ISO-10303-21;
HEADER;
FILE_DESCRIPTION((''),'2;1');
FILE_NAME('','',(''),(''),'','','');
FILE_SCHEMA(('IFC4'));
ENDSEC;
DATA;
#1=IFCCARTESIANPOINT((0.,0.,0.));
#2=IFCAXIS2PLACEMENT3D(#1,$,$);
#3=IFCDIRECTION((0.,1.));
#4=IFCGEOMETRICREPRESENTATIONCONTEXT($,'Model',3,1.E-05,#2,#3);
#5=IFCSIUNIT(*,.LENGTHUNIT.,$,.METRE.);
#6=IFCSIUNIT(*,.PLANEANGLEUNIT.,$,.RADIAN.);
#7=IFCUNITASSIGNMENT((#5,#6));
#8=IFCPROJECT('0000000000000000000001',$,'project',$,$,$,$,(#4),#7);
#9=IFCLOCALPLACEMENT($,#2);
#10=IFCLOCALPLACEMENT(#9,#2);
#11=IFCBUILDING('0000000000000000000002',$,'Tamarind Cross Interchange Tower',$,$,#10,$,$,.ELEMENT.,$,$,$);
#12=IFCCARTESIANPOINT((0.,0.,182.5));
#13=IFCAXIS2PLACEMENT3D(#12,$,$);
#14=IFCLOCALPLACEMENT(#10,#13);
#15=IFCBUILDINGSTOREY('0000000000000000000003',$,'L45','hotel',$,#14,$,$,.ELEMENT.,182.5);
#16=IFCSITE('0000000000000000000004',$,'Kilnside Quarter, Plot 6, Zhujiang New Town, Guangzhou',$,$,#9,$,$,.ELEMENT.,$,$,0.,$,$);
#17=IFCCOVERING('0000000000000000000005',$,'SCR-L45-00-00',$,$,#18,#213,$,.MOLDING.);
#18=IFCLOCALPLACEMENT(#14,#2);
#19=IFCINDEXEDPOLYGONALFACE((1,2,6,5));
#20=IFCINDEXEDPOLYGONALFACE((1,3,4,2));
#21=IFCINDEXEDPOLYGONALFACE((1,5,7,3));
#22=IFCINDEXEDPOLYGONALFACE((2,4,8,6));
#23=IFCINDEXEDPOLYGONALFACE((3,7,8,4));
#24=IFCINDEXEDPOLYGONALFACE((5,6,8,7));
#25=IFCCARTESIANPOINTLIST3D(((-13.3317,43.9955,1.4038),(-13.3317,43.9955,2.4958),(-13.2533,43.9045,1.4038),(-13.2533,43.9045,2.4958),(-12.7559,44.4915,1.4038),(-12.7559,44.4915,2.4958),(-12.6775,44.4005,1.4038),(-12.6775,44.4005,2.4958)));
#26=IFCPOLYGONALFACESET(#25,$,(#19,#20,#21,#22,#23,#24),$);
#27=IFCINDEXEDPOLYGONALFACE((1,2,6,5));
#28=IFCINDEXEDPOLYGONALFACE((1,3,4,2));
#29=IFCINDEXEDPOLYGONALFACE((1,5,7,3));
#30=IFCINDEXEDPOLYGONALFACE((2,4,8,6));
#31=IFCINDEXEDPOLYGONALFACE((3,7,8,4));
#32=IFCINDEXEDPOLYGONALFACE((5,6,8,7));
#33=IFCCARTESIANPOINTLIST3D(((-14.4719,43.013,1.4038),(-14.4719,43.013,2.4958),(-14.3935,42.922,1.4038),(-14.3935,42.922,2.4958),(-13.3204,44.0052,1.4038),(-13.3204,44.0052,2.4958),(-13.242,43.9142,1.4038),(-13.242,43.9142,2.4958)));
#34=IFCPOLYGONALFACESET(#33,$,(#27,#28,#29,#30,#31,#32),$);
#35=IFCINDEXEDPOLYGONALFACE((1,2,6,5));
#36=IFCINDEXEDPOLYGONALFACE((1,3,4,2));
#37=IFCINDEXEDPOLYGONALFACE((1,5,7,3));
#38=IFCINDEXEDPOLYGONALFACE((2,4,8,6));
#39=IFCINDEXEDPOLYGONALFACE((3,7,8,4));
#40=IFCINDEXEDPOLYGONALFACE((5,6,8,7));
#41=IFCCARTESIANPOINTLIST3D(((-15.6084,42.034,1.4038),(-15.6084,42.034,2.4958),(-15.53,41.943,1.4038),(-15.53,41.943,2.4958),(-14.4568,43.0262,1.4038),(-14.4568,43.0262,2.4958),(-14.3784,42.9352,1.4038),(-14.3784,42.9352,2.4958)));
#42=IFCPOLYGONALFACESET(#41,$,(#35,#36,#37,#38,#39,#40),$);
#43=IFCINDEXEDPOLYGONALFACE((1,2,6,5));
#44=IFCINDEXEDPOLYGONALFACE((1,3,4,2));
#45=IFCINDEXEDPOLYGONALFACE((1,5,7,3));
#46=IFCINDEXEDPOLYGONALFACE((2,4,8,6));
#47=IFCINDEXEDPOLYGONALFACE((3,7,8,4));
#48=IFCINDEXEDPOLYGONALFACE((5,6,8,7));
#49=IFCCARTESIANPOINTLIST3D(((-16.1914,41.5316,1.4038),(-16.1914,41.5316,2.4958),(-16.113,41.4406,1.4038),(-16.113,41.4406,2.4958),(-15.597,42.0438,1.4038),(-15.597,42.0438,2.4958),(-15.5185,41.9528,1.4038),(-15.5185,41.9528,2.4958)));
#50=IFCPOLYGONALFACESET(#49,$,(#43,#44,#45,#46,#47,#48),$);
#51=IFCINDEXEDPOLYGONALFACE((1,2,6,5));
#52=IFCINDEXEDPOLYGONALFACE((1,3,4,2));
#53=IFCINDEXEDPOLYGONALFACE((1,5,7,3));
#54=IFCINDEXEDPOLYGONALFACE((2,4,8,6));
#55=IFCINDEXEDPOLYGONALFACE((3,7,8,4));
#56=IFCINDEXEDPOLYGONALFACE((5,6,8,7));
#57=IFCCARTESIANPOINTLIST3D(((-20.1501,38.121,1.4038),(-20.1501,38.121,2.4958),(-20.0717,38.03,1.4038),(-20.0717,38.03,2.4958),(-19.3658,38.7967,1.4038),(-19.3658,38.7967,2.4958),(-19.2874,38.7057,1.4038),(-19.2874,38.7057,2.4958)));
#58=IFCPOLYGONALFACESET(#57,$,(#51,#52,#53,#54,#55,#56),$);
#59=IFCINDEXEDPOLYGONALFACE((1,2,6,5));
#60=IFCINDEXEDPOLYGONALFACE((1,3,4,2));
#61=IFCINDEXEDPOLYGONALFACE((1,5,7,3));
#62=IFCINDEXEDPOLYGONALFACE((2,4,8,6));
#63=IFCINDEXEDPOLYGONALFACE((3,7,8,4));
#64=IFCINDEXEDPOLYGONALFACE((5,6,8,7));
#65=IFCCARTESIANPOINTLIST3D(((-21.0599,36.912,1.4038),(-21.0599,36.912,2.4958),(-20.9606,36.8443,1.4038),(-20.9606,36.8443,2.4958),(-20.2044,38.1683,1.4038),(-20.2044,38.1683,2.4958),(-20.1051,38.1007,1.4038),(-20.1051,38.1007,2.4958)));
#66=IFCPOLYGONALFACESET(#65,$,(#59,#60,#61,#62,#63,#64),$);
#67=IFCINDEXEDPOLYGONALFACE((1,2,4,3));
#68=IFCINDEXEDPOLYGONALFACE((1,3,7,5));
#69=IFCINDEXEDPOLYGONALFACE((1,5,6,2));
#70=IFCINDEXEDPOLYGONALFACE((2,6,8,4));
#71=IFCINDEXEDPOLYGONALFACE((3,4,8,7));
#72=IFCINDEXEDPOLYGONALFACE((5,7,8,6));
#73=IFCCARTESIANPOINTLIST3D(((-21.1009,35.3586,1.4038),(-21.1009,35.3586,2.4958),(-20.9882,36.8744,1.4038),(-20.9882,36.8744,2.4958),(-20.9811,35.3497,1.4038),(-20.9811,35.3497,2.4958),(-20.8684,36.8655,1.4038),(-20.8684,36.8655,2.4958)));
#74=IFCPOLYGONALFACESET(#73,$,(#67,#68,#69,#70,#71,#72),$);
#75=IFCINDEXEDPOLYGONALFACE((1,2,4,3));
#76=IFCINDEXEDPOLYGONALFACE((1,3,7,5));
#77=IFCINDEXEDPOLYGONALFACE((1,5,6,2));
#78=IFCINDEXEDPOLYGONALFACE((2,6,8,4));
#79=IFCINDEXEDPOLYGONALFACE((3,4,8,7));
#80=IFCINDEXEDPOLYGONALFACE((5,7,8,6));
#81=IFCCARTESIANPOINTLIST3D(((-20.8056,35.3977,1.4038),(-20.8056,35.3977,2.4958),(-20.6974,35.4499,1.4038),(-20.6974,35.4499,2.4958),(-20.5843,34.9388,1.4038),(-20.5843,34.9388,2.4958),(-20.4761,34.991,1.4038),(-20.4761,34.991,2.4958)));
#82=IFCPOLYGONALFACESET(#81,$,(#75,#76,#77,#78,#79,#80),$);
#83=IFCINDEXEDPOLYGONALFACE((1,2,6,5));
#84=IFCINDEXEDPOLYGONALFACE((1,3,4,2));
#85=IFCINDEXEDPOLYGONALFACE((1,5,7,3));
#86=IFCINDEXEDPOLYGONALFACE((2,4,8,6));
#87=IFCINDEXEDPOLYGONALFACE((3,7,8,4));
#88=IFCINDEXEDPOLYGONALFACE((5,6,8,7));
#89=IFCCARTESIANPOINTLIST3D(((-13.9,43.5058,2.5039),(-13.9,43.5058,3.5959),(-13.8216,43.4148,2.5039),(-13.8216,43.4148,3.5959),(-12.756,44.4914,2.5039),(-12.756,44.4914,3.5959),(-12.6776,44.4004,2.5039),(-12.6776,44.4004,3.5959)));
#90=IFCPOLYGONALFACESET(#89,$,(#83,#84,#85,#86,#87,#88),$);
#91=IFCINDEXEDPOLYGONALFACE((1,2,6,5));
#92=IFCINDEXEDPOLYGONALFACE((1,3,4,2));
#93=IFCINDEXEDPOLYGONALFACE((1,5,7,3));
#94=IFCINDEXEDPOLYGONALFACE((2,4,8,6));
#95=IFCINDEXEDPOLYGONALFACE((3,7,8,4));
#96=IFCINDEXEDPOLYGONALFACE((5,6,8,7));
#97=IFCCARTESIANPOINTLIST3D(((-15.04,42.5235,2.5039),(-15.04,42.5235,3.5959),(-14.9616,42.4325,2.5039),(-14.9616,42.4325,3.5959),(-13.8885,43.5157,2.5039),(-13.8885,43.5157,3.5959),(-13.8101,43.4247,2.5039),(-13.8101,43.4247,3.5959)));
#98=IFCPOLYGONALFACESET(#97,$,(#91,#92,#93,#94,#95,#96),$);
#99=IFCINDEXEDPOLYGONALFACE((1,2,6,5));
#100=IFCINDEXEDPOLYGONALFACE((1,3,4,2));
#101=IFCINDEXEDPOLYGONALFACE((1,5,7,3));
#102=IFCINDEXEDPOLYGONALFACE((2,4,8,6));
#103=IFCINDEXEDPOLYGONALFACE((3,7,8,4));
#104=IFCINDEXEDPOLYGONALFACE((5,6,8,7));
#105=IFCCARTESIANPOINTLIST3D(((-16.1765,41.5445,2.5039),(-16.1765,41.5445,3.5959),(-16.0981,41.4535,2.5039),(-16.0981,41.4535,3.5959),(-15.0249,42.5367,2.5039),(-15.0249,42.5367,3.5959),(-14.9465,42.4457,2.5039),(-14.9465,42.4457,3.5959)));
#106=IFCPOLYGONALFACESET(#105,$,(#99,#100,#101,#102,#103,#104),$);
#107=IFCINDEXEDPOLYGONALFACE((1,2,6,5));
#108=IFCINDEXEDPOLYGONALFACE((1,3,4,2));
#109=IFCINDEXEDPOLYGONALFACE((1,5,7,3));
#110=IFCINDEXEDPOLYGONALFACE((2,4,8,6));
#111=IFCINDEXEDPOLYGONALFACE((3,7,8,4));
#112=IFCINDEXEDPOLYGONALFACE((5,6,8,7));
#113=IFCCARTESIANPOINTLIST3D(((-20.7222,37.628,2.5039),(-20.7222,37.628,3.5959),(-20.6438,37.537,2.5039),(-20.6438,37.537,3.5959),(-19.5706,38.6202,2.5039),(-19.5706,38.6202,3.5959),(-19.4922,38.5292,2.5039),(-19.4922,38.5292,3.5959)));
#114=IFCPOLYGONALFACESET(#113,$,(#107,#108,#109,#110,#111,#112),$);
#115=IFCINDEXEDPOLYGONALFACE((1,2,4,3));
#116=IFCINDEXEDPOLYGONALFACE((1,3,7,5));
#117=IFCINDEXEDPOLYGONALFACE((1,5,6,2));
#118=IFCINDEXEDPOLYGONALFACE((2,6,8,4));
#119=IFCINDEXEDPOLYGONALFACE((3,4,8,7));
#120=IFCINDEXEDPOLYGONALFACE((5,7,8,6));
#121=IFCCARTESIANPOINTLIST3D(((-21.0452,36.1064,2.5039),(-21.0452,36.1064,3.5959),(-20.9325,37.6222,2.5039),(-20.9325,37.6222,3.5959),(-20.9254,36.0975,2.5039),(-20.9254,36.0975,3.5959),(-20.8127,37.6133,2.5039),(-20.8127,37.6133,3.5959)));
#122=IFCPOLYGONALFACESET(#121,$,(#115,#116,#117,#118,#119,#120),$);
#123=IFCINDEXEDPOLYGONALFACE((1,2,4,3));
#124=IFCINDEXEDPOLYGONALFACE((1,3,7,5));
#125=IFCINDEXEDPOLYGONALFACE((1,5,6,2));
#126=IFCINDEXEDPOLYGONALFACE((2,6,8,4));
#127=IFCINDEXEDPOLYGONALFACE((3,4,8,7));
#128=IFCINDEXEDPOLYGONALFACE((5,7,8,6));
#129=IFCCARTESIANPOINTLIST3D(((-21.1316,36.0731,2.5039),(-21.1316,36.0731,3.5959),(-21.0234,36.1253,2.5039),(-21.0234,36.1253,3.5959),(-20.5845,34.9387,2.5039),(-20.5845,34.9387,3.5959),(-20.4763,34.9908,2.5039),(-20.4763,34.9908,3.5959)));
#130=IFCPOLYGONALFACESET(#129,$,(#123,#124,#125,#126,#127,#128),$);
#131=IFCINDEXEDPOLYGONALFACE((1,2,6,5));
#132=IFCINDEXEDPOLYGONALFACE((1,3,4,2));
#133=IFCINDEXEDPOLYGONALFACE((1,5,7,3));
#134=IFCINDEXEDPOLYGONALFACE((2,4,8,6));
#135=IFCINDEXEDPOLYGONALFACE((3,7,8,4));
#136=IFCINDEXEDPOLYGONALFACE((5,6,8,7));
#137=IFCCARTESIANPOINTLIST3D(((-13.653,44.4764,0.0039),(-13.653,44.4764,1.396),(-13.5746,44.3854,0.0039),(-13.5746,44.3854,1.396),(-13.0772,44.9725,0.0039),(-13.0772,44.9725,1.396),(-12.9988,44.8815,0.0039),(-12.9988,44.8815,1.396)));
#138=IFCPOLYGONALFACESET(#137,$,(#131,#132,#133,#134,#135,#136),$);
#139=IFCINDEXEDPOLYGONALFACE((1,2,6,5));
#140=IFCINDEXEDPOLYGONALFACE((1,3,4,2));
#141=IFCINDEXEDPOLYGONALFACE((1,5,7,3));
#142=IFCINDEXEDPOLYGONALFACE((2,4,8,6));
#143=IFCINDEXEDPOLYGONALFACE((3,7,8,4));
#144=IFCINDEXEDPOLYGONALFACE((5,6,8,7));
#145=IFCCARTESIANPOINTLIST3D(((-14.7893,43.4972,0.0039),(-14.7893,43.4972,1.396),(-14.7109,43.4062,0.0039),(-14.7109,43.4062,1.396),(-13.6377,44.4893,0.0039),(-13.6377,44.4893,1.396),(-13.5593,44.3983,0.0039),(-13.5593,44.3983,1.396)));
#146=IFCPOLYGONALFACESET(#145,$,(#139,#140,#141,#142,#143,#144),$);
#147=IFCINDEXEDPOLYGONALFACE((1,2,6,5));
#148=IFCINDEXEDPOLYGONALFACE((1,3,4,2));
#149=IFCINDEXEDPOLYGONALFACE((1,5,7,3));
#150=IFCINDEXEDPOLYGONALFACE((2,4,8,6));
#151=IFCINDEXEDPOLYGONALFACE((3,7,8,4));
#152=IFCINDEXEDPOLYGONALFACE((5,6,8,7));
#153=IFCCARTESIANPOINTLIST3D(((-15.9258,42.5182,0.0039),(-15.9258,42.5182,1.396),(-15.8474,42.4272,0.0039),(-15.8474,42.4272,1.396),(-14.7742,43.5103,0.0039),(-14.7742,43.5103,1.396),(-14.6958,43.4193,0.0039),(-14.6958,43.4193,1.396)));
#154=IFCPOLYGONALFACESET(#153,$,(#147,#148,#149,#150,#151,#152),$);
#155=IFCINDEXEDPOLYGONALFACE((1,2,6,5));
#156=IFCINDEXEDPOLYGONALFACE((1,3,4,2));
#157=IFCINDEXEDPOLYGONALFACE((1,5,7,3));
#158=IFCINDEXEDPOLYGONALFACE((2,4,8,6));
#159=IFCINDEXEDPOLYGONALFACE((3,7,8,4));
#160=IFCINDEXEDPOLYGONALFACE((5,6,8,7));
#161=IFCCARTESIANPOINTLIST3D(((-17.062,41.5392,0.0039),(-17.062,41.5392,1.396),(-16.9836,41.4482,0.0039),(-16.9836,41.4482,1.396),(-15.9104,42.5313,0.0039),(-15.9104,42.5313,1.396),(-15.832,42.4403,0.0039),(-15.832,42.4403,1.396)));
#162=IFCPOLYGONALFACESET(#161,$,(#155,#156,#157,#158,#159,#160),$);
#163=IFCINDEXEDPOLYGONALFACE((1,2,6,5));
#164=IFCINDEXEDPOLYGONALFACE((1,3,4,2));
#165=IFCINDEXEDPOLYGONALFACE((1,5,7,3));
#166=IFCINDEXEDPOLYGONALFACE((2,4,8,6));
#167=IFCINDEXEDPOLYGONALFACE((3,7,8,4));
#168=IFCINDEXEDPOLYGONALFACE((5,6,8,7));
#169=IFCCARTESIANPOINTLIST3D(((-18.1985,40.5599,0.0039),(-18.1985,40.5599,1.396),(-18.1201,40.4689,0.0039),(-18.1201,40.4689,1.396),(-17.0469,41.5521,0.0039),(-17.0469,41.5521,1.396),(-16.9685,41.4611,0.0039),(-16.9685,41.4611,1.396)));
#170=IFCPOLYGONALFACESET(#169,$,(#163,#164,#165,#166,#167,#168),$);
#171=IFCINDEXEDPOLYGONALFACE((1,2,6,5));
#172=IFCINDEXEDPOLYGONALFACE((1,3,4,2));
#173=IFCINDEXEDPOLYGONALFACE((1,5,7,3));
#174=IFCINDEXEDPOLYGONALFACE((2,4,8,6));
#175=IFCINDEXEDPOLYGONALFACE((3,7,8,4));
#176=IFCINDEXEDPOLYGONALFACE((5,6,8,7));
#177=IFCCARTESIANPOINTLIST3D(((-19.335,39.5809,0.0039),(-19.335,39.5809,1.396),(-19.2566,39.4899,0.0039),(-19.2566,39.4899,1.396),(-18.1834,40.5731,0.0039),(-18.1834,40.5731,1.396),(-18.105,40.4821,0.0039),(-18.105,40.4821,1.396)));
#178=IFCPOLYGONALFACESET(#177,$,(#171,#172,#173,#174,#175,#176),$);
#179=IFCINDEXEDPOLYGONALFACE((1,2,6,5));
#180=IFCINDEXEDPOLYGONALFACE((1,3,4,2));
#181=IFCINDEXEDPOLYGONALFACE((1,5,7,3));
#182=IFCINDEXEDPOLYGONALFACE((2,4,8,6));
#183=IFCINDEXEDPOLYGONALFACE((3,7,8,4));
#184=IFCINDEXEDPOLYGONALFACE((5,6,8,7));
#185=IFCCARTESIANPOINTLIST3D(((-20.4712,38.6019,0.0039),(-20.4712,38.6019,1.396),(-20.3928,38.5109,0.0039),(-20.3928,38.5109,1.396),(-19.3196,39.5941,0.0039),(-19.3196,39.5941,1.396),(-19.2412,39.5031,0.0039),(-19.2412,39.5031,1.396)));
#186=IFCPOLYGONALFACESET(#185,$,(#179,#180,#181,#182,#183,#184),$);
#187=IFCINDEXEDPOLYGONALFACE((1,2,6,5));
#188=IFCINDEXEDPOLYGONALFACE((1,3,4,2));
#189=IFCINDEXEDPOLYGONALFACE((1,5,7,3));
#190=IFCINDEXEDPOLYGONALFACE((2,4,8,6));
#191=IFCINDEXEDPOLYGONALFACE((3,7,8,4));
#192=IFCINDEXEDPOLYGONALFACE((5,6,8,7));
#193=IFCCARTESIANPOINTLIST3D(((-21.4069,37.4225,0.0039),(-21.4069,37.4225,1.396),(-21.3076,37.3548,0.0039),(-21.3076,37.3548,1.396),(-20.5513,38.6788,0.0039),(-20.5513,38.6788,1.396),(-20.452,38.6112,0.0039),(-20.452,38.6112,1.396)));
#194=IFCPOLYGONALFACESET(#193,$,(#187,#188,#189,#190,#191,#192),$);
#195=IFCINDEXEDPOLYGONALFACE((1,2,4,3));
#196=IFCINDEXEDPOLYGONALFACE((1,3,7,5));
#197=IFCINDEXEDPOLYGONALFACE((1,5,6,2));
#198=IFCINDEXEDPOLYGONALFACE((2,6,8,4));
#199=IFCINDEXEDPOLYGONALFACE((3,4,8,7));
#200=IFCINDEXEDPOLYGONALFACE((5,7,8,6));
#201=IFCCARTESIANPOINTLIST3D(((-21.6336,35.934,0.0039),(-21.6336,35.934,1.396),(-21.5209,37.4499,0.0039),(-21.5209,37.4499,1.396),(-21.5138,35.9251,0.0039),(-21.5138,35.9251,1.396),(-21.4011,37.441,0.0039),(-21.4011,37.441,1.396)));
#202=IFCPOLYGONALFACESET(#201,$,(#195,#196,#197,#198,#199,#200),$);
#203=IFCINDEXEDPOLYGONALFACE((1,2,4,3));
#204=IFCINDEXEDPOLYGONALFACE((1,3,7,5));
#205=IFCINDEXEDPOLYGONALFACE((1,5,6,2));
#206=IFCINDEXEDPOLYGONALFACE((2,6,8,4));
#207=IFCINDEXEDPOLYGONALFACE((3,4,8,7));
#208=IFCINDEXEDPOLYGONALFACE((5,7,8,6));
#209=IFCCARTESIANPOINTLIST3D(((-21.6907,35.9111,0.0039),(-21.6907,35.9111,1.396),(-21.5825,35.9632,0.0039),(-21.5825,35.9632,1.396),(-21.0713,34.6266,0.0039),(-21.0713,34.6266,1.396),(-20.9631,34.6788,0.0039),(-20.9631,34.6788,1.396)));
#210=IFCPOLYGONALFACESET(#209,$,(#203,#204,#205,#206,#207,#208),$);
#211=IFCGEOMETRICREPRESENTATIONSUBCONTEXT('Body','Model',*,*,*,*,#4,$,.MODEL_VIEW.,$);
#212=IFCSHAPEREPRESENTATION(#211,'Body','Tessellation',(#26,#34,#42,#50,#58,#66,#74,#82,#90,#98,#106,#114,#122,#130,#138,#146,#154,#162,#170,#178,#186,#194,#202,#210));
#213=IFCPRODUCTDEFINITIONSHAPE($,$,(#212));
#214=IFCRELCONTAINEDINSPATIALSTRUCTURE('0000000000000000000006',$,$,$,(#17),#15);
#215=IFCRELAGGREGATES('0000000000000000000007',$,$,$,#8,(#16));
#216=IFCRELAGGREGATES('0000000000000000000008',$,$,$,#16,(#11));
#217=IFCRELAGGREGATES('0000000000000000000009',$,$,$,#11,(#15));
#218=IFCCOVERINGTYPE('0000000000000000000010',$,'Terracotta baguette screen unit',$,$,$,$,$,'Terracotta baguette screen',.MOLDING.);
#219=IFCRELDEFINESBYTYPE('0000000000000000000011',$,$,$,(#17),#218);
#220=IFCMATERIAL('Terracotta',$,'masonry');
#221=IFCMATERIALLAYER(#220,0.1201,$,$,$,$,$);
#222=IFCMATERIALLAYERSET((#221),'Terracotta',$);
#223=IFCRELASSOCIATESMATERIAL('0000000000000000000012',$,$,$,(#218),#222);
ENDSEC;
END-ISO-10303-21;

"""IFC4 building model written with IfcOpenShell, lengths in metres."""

from ifc_helpers import new_model, si_unit, direction, frame, origin, origin_2d, place, context, subcontext, project, spatial, rectangle, extrude, material, layer, layer_set, type_object, element, save


model = new_model("IFC4")

# Units and contexts
model_context = context("Model", 3, precision=1e-05, world=origin(), true_north=direction((0.0, 1.0)))
body_context = subcontext(model_context, "Body", "Model", "MODEL_VIEW")
ifc_project = project(units=[si_unit("LENGTHUNIT", "METRE"), si_unit("PLANEANGLEUNIT", "RADIAN")], contexts=[model_context])

# Site, building, storey
site_placement = place(None, origin())
site = spatial("IfcSite", under=ifc_project, at=site_placement, Name="Kilnside Quarter, Plot 6, Zhujiang New Town, Guangzhou", CompositionType="ELEMENT", RefElevation=0.0)
building_placement = place(site_placement, origin())
building = spatial("IfcBuilding", under=site, at=building_placement, Name="Tamarind Cross Interchange Tower", CompositionType="ELEMENT")
storey_placement = place(building_placement, frame((0.0, 0.0, 182.5)))
storey = spatial("IfcBuildingStorey", under=building, at=storey_placement, Name="L45", Description="hotel", CompositionType="ELEMENT", Elevation=182.5)

# Covering
ifc_material_1 = material(Name="Terracotta", Category="masonry")
ifc_layer_1 = layer(ifc_material_1, 0.1201)
ifc_layer_set_1 = layer_set([ifc_layer_1], Name="Terracotta")
covering_type = type_object("IfcCoveringType", Name="Terracotta baguette screen unit", ElementType="Terracotta baguette screen", PredefinedType="MOLDING", material=ifc_layer_set_1)
covering_placement = place(storey_placement, origin())
element("IfcCovering", 1, at=covering_placement, inside=storey, type_object=covering_type, Name="SCR-L45-00-00", PredefinedType="MOLDING", context=body_context, shape_type="SweptSolid", body=[
    extrude(rectangle(XDim=0.76, YDim=0.1201, at=origin_2d()), frame((-13.0046, 44.198, 1.4038), z_axis=(0.0, 0.0, 1.0), x_axis=(-0.757597, -0.652723, 0.0)), (0.0, 0.0, 1.0), 1.092),
    extrude(rectangle(XDim=1.52, YDim=0.1201, at=origin_2d()), frame((-13.8569, 43.4636, 1.4038), z_axis=(0.0, 0.0, 1.0), x_axis=(-0.757597, -0.652723, 0.0)), (0.0, 0.0, 1.0), 1.092),
    extrude(rectangle(XDim=1.52, YDim=0.1201, at=origin_2d()), frame((-14.9934, 42.4846, 1.4038), z_axis=(0.0, 0.0, 1.0), x_axis=(-0.757597, -0.652723, 0.0)), (0.0, 0.0, 1.0), 1.092),
    extrude(rectangle(XDim=0.7847, YDim=0.1201, at=origin_2d()), frame((-15.855, 41.7422, 1.4038), z_axis=(0.0, 0.0, 1.0), x_axis=(-0.757597, -0.652723, 0.0)), (0.0, 0.0, 1.0), 1.092),
    extrude(rectangle(XDim=1.0352, YDim=0.1201, at=origin_2d()), frame((-19.7188, 38.4133, 1.4038), z_axis=(0.0, 0.0, 1.0), x_axis=(-0.757597, -0.652723, 0.0)), (0.0, 0.0, 1.0), 1.092),
    extrude(rectangle(XDim=1.52, YDim=0.1201, at=origin_2d()), frame((-20.5825, 37.5063, 1.4038), z_axis=(0.0, 0.0, 1.0), x_axis=(-0.562845, -0.826562, 0.0)), (0.0, 0.0, 1.0), 1.092),
    extrude(rectangle(XDim=1.52, YDim=0.1201, at=origin_2d()), frame((-20.9846, 36.1121, 1.4038), z_axis=(0.0, 0.0, 1.0), x_axis=(-0.074157, -0.997247, 0.0)), (0.0, 0.0, 1.0), 1.092),
    extrude(rectangle(XDim=0.5095, YDim=0.1201, at=origin_2d()), frame((-20.6409, 35.1943, 1.4038), z_axis=(0.0, 0.0, 1.0), x_axis=(0.434401, -0.900719, 0.0)), (0.0, 0.0, 1.0), 1.092),
    extrude(rectangle(XDim=1.51, YDim=0.1201, at=origin_2d()), frame((-13.2888, 43.9531, 2.5039), z_axis=(0.0, 0.0, 1.0), x_axis=(-0.757597, -0.652723, 0.0)), (0.0, 0.0, 1.0), 1.092),
    extrude(rectangle(XDim=1.52, YDim=0.1201, at=origin_2d()), frame((-14.425, 42.9741, 2.5039), z_axis=(0.0, 0.0, 1.0), x_axis=(-0.757597, -0.652723, 0.0)), (0.0, 0.0, 1.0), 1.092),
    extrude(rectangle(XDim=1.52, YDim=0.1201, at=origin_2d()), frame((-15.5615, 41.9951, 2.5039), z_axis=(0.0, 0.0, 1.0), x_axis=(-0.757597, -0.652723, 0.0)), (0.0, 0.0, 1.0), 1.092),
    extrude(rectangle(XDim=1.52, YDim=0.1201, at=origin_2d()), frame((-20.1072, 38.0786, 2.5039), z_axis=(0.0, 0.0, 1.0), x_axis=(-0.757597, -0.652723, 0.0)), (0.0, 0.0, 1.0), 1.092),
    extrude(rectangle(XDim=1.52, YDim=0.1201, at=origin_2d()), frame((-20.929, 36.8599, 2.5039), z_axis=(0.0, 0.0, 1.0), x_axis=(-0.074157, -0.997247, 0.0)), (0.0, 0.0, 1.0), 1.092),
    extrude(rectangle(XDim=1.2595, YDim=0.1201, at=origin_2d()), frame((-20.804, 35.532, 2.5039), z_axis=(0.0, 0.0, 1.0), x_axis=(0.434401, -0.900719, 0.0)), (0.0, 0.0, 1.0), 1.092),
    extrude(rectangle(XDim=0.76, YDim=0.1201, at=origin_2d()), frame((-13.3259, 44.679, 0.0039), z_axis=(0.0, 0.0, 1.0), x_axis=(-0.757597, -0.652723, 0.0)), (0.0, 0.0, 1.0), 1.3921),
    extrude(rectangle(XDim=1.52, YDim=0.1201, at=origin_2d()), frame((-14.1743, 43.9478, 0.0039), z_axis=(0.0, 0.0, 1.0), x_axis=(-0.757597, -0.652723, 0.0)), (0.0, 0.0, 1.0), 1.3921),
    extrude(rectangle(XDim=1.52, YDim=0.1201, at=origin_2d()), frame((-15.3108, 42.9688, 0.0039), z_axis=(0.0, 0.0, 1.0), x_axis=(-0.757597, -0.652723, 0.0)), (0.0, 0.0, 1.0), 1.3921),
    extrude(rectangle(XDim=1.52, YDim=0.1201, at=origin_2d()), frame((-16.447, 41.9897, 0.0039), z_axis=(0.0, 0.0, 1.0), x_axis=(-0.757597, -0.652723, 0.0)), (0.0, 0.0, 1.0), 1.3921),
    extrude(rectangle(XDim=1.52, YDim=0.1201, at=origin_2d()), frame((-17.5835, 41.0105, 0.0039), z_axis=(0.0, 0.0, 1.0), x_axis=(-0.757597, -0.652723, 0.0)), (0.0, 0.0, 1.0), 1.3921),
    extrude(rectangle(XDim=1.52, YDim=0.1201, at=origin_2d()), frame((-18.72, 40.0315, 0.0039), z_axis=(0.0, 0.0, 1.0), x_axis=(-0.757597, -0.652723, 0.0)), (0.0, 0.0, 1.0), 1.3921),
    extrude(rectangle(XDim=1.52, YDim=0.1201, at=origin_2d()), frame((-19.8562, 39.0525, 0.0039), z_axis=(0.0, 0.0, 1.0), x_axis=(-0.757597, -0.652723, 0.0)), (0.0, 0.0, 1.0), 1.3921),
    extrude(rectangle(XDim=1.52, YDim=0.1201, at=origin_2d()), frame((-20.9294, 38.0168, 0.0039), z_axis=(0.0, 0.0, 1.0), x_axis=(-0.562845, -0.826562, 0.0)), (0.0, 0.0, 1.0), 1.3921),
    extrude(rectangle(XDim=1.52, YDim=0.1201, at=origin_2d()), frame((-21.5173, 36.6875, 0.0039), z_axis=(0.0, 0.0, 1.0), x_axis=(-0.074157, -0.997247, 0.0)), (0.0, 0.0, 1.0), 1.3921),
    extrude(rectangle(XDim=1.426, YDim=0.1201, at=origin_2d()), frame((-21.3269, 35.2949, 0.0039), z_axis=(0.0, 0.0, 1.0), x_axis=(0.434401, -0.900719, 0.0)), (0.0, 0.0, 1.0), 1.3921),
])

save(model, "model.ifc")
